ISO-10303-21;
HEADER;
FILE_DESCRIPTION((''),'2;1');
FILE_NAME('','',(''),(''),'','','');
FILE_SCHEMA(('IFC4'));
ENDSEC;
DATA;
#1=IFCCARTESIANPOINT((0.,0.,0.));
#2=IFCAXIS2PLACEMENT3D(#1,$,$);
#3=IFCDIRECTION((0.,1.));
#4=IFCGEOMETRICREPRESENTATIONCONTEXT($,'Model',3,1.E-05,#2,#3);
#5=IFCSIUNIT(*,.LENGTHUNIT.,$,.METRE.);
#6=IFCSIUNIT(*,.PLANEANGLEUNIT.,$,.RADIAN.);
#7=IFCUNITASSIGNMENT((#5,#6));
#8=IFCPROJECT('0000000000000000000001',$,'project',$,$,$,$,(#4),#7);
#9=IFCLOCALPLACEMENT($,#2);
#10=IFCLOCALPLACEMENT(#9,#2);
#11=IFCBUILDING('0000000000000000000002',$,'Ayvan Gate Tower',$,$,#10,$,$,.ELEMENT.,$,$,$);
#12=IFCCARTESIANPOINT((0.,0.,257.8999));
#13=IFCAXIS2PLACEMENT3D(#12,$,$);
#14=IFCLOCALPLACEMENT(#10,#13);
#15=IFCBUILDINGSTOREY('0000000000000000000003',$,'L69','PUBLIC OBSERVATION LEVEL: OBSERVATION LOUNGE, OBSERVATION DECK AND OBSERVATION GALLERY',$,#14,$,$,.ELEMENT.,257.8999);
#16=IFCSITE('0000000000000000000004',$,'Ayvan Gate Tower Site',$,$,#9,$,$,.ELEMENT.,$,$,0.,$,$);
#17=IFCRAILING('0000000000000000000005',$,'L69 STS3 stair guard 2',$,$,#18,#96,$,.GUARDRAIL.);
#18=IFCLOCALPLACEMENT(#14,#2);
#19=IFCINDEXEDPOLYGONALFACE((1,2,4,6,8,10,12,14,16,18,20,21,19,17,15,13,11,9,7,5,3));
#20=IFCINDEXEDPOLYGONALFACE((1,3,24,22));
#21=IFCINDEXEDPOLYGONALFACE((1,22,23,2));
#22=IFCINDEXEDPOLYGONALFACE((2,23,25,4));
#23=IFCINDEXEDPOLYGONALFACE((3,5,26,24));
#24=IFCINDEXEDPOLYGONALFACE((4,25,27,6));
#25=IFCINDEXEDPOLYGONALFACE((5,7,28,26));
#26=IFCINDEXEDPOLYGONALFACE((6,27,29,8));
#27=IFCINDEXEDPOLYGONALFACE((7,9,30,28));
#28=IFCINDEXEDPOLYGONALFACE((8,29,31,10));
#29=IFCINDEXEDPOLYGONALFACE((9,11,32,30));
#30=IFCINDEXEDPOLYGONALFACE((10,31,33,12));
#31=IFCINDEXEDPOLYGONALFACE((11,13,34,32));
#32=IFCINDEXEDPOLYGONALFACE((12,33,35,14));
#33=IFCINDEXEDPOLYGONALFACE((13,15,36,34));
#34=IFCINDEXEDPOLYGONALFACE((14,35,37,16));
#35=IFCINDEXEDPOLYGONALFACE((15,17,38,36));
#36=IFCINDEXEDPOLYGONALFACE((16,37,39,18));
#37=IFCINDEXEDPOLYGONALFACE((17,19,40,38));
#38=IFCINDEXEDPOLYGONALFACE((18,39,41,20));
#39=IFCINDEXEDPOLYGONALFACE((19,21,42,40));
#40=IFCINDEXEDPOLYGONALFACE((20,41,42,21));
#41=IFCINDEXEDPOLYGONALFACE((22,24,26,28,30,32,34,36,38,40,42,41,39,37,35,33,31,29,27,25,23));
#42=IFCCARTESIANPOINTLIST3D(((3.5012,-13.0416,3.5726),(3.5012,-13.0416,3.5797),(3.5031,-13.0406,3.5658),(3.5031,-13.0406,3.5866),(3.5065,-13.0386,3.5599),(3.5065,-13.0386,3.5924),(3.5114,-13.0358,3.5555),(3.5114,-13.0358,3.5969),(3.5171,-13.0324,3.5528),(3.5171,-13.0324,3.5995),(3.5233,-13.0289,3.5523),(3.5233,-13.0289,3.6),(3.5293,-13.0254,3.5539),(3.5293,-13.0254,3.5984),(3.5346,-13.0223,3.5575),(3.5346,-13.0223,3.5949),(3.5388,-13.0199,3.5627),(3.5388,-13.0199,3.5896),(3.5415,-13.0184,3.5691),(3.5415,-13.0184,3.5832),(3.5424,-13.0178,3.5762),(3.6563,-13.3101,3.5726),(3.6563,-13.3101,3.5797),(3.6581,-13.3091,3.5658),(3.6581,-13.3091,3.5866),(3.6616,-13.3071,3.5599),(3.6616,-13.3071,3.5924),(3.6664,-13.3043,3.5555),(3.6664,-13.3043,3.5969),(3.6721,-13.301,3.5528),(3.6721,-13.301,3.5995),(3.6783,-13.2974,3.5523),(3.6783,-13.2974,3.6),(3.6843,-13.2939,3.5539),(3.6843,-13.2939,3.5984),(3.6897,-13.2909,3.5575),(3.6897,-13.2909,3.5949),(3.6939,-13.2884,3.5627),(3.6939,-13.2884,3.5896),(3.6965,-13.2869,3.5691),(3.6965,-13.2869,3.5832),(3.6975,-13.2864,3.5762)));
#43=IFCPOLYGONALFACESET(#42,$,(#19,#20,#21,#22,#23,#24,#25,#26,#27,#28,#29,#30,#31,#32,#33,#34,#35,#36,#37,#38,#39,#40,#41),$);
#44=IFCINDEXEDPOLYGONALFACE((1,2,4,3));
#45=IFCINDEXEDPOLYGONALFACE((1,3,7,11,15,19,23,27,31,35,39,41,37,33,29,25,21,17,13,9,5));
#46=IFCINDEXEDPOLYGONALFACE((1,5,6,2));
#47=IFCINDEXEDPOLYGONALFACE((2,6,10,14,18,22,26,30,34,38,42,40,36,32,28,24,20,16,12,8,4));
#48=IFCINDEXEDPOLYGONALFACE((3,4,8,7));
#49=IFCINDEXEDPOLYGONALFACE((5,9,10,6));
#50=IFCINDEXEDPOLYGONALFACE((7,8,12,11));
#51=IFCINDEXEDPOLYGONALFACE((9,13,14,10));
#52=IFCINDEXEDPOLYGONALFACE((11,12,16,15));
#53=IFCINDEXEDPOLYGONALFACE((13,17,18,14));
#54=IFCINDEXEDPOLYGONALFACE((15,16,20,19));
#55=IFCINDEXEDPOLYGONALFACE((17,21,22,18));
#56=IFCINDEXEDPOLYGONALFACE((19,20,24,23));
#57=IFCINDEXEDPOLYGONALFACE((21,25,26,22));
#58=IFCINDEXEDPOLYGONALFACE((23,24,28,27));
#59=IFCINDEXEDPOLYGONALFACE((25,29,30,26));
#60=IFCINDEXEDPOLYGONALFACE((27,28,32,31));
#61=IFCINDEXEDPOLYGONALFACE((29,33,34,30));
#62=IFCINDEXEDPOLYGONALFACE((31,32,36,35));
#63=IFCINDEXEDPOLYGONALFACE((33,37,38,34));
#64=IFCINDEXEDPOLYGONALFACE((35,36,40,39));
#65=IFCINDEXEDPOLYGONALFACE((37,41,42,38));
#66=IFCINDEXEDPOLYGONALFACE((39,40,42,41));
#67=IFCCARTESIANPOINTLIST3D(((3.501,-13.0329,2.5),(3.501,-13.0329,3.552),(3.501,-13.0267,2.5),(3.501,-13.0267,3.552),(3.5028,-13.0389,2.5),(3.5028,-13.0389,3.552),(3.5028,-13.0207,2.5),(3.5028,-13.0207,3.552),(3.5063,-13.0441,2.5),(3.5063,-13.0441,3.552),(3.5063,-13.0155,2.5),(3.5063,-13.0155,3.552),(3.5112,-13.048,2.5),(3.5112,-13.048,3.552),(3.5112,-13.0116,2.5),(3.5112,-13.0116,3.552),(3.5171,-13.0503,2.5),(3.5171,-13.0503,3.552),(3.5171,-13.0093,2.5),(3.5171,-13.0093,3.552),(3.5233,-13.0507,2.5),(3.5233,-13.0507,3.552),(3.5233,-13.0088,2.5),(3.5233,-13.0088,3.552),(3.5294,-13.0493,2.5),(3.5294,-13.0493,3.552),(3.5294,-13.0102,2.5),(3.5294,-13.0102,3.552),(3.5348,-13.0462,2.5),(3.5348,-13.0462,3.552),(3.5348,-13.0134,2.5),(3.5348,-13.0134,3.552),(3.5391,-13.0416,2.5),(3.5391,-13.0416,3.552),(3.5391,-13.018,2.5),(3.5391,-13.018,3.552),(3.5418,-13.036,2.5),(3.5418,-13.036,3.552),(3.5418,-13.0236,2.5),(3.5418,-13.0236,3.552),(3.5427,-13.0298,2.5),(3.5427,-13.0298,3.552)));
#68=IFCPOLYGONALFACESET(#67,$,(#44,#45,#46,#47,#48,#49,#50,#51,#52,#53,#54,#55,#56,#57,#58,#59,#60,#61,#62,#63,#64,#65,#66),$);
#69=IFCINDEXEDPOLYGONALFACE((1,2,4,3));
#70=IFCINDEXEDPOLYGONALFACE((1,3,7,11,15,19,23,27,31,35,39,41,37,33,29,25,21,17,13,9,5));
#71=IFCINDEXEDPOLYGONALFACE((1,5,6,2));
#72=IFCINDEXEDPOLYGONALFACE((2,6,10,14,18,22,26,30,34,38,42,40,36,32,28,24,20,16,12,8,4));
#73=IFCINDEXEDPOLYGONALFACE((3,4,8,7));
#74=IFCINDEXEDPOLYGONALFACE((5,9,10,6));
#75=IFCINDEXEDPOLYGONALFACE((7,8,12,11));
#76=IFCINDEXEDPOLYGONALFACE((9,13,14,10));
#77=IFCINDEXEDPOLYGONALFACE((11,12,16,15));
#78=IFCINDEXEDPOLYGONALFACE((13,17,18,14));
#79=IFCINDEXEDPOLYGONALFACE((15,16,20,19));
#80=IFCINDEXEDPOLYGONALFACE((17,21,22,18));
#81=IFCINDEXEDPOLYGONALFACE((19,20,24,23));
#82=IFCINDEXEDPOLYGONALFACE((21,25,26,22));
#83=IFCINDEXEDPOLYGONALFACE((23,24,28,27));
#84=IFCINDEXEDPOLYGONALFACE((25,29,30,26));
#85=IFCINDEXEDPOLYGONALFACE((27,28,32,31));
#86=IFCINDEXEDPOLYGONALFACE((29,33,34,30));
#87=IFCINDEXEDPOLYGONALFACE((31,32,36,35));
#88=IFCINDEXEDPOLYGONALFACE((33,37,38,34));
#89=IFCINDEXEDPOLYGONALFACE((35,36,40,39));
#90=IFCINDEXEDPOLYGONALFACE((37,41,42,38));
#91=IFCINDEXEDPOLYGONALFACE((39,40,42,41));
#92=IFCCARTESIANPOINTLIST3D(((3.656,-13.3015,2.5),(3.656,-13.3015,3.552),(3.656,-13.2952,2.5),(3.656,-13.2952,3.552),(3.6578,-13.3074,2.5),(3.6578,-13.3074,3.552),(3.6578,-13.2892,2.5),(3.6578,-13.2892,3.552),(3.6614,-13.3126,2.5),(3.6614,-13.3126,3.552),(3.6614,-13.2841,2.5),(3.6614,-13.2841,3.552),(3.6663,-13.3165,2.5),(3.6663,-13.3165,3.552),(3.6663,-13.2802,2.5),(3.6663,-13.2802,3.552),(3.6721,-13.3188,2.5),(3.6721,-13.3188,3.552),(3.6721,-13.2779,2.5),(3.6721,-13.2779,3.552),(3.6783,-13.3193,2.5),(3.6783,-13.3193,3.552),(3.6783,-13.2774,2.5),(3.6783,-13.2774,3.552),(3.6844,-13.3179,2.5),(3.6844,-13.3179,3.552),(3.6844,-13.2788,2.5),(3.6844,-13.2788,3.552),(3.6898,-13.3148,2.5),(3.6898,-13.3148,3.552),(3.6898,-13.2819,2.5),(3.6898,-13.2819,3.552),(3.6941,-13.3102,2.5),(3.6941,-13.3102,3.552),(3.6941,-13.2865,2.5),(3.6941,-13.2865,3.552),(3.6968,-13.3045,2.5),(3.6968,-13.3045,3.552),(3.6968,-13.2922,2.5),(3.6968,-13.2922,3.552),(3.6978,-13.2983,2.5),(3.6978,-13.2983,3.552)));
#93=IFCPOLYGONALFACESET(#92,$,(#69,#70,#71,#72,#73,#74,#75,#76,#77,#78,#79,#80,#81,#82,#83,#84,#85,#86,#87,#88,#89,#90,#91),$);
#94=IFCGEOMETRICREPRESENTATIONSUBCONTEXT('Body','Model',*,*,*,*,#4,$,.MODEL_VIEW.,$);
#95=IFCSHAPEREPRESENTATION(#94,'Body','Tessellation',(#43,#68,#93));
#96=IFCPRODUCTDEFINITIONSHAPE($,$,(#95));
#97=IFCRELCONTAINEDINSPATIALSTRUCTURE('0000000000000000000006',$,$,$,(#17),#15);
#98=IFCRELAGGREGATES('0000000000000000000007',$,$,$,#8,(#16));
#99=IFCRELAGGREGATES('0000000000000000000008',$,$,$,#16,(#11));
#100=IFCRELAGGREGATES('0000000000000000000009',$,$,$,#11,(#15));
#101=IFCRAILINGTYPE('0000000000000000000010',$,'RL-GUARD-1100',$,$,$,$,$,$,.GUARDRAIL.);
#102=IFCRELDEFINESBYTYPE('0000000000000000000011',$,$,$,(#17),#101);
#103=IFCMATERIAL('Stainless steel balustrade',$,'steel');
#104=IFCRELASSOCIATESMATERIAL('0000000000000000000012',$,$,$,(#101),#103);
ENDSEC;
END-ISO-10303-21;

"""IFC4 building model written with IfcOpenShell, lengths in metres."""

from ifc_helpers import new_model, si_unit, direction, frame, origin, origin_2d, place, context, subcontext, project, spatial, circle, extrude, material, type_object, element, save


model = new_model("IFC4")

# Units and contexts
model_context = context("Model", 3, precision=1e-05, world=origin(), true_north=direction((0.0, 1.0)))
body_context = subcontext(model_context, "Body", "Model", "MODEL_VIEW")
ifc_project = project(units=[si_unit("LENGTHUNIT", "METRE"), si_unit("PLANEANGLEUNIT", "RADIAN")], contexts=[model_context])

# Site, building, storey
site_placement = place(None, origin())
site = spatial("IfcSite", under=ifc_project, at=site_placement, Name="Ayvan Gate Tower Site", CompositionType="ELEMENT", RefElevation=0.0)
building_placement = place(site_placement, origin())
building = spatial("IfcBuilding", under=site, at=building_placement, Name="Ayvan Gate Tower", CompositionType="ELEMENT")
storey_placement = place(building_placement, frame((0.0, 0.0, 257.8999)))
storey = spatial("IfcBuildingStorey", under=building, at=storey_placement, Name="L69", Description="PUBLIC OBSERVATION LEVEL: OBSERVATION LOUNGE, OBSERVATION DECK AND OBSERVATION GALLERY", CompositionType="ELEMENT", Elevation=257.8999)

# Railing
ifc_material_1 = material(Name="Stainless steel balustrade", Category="steel")
railing_type_1 = type_object("IfcRailingType", Name="RL-GUARD-1100", PredefinedType="GUARDRAIL", material=ifc_material_1)
railing_1_placement = place(storey_placement, frame((3.5217, -13.0298, 2.5)))
element("IfcRailing", 1, at=railing_1_placement, inside=storey, type_object=railing_type_1, Name="L69 STS3 stair guard 2", PredefinedType="GUARDRAIL", context=body_context, shape_type="SweptSolid", body=[
    extrude(circle(Radius=0.0239, at=origin_2d()), frame((0.0, 0.0, 1.0762), z_axis=(0.49995, -0.866054, 0.0), x_axis=(0.866054, 0.49995, 0.0)), (0.0, 0.0, 1.0), 0.3101),
    extrude(circle(Radius=0.021, at=origin_2d()), origin(), (0.0, 0.0, 1.0), 1.052),
    extrude(circle(Radius=0.021, at=origin_2d()), frame((0.155, -0.2686, 0.0)), (0.0, 0.0, 1.0), 1.052),
])

save(model, "model.ifc")
